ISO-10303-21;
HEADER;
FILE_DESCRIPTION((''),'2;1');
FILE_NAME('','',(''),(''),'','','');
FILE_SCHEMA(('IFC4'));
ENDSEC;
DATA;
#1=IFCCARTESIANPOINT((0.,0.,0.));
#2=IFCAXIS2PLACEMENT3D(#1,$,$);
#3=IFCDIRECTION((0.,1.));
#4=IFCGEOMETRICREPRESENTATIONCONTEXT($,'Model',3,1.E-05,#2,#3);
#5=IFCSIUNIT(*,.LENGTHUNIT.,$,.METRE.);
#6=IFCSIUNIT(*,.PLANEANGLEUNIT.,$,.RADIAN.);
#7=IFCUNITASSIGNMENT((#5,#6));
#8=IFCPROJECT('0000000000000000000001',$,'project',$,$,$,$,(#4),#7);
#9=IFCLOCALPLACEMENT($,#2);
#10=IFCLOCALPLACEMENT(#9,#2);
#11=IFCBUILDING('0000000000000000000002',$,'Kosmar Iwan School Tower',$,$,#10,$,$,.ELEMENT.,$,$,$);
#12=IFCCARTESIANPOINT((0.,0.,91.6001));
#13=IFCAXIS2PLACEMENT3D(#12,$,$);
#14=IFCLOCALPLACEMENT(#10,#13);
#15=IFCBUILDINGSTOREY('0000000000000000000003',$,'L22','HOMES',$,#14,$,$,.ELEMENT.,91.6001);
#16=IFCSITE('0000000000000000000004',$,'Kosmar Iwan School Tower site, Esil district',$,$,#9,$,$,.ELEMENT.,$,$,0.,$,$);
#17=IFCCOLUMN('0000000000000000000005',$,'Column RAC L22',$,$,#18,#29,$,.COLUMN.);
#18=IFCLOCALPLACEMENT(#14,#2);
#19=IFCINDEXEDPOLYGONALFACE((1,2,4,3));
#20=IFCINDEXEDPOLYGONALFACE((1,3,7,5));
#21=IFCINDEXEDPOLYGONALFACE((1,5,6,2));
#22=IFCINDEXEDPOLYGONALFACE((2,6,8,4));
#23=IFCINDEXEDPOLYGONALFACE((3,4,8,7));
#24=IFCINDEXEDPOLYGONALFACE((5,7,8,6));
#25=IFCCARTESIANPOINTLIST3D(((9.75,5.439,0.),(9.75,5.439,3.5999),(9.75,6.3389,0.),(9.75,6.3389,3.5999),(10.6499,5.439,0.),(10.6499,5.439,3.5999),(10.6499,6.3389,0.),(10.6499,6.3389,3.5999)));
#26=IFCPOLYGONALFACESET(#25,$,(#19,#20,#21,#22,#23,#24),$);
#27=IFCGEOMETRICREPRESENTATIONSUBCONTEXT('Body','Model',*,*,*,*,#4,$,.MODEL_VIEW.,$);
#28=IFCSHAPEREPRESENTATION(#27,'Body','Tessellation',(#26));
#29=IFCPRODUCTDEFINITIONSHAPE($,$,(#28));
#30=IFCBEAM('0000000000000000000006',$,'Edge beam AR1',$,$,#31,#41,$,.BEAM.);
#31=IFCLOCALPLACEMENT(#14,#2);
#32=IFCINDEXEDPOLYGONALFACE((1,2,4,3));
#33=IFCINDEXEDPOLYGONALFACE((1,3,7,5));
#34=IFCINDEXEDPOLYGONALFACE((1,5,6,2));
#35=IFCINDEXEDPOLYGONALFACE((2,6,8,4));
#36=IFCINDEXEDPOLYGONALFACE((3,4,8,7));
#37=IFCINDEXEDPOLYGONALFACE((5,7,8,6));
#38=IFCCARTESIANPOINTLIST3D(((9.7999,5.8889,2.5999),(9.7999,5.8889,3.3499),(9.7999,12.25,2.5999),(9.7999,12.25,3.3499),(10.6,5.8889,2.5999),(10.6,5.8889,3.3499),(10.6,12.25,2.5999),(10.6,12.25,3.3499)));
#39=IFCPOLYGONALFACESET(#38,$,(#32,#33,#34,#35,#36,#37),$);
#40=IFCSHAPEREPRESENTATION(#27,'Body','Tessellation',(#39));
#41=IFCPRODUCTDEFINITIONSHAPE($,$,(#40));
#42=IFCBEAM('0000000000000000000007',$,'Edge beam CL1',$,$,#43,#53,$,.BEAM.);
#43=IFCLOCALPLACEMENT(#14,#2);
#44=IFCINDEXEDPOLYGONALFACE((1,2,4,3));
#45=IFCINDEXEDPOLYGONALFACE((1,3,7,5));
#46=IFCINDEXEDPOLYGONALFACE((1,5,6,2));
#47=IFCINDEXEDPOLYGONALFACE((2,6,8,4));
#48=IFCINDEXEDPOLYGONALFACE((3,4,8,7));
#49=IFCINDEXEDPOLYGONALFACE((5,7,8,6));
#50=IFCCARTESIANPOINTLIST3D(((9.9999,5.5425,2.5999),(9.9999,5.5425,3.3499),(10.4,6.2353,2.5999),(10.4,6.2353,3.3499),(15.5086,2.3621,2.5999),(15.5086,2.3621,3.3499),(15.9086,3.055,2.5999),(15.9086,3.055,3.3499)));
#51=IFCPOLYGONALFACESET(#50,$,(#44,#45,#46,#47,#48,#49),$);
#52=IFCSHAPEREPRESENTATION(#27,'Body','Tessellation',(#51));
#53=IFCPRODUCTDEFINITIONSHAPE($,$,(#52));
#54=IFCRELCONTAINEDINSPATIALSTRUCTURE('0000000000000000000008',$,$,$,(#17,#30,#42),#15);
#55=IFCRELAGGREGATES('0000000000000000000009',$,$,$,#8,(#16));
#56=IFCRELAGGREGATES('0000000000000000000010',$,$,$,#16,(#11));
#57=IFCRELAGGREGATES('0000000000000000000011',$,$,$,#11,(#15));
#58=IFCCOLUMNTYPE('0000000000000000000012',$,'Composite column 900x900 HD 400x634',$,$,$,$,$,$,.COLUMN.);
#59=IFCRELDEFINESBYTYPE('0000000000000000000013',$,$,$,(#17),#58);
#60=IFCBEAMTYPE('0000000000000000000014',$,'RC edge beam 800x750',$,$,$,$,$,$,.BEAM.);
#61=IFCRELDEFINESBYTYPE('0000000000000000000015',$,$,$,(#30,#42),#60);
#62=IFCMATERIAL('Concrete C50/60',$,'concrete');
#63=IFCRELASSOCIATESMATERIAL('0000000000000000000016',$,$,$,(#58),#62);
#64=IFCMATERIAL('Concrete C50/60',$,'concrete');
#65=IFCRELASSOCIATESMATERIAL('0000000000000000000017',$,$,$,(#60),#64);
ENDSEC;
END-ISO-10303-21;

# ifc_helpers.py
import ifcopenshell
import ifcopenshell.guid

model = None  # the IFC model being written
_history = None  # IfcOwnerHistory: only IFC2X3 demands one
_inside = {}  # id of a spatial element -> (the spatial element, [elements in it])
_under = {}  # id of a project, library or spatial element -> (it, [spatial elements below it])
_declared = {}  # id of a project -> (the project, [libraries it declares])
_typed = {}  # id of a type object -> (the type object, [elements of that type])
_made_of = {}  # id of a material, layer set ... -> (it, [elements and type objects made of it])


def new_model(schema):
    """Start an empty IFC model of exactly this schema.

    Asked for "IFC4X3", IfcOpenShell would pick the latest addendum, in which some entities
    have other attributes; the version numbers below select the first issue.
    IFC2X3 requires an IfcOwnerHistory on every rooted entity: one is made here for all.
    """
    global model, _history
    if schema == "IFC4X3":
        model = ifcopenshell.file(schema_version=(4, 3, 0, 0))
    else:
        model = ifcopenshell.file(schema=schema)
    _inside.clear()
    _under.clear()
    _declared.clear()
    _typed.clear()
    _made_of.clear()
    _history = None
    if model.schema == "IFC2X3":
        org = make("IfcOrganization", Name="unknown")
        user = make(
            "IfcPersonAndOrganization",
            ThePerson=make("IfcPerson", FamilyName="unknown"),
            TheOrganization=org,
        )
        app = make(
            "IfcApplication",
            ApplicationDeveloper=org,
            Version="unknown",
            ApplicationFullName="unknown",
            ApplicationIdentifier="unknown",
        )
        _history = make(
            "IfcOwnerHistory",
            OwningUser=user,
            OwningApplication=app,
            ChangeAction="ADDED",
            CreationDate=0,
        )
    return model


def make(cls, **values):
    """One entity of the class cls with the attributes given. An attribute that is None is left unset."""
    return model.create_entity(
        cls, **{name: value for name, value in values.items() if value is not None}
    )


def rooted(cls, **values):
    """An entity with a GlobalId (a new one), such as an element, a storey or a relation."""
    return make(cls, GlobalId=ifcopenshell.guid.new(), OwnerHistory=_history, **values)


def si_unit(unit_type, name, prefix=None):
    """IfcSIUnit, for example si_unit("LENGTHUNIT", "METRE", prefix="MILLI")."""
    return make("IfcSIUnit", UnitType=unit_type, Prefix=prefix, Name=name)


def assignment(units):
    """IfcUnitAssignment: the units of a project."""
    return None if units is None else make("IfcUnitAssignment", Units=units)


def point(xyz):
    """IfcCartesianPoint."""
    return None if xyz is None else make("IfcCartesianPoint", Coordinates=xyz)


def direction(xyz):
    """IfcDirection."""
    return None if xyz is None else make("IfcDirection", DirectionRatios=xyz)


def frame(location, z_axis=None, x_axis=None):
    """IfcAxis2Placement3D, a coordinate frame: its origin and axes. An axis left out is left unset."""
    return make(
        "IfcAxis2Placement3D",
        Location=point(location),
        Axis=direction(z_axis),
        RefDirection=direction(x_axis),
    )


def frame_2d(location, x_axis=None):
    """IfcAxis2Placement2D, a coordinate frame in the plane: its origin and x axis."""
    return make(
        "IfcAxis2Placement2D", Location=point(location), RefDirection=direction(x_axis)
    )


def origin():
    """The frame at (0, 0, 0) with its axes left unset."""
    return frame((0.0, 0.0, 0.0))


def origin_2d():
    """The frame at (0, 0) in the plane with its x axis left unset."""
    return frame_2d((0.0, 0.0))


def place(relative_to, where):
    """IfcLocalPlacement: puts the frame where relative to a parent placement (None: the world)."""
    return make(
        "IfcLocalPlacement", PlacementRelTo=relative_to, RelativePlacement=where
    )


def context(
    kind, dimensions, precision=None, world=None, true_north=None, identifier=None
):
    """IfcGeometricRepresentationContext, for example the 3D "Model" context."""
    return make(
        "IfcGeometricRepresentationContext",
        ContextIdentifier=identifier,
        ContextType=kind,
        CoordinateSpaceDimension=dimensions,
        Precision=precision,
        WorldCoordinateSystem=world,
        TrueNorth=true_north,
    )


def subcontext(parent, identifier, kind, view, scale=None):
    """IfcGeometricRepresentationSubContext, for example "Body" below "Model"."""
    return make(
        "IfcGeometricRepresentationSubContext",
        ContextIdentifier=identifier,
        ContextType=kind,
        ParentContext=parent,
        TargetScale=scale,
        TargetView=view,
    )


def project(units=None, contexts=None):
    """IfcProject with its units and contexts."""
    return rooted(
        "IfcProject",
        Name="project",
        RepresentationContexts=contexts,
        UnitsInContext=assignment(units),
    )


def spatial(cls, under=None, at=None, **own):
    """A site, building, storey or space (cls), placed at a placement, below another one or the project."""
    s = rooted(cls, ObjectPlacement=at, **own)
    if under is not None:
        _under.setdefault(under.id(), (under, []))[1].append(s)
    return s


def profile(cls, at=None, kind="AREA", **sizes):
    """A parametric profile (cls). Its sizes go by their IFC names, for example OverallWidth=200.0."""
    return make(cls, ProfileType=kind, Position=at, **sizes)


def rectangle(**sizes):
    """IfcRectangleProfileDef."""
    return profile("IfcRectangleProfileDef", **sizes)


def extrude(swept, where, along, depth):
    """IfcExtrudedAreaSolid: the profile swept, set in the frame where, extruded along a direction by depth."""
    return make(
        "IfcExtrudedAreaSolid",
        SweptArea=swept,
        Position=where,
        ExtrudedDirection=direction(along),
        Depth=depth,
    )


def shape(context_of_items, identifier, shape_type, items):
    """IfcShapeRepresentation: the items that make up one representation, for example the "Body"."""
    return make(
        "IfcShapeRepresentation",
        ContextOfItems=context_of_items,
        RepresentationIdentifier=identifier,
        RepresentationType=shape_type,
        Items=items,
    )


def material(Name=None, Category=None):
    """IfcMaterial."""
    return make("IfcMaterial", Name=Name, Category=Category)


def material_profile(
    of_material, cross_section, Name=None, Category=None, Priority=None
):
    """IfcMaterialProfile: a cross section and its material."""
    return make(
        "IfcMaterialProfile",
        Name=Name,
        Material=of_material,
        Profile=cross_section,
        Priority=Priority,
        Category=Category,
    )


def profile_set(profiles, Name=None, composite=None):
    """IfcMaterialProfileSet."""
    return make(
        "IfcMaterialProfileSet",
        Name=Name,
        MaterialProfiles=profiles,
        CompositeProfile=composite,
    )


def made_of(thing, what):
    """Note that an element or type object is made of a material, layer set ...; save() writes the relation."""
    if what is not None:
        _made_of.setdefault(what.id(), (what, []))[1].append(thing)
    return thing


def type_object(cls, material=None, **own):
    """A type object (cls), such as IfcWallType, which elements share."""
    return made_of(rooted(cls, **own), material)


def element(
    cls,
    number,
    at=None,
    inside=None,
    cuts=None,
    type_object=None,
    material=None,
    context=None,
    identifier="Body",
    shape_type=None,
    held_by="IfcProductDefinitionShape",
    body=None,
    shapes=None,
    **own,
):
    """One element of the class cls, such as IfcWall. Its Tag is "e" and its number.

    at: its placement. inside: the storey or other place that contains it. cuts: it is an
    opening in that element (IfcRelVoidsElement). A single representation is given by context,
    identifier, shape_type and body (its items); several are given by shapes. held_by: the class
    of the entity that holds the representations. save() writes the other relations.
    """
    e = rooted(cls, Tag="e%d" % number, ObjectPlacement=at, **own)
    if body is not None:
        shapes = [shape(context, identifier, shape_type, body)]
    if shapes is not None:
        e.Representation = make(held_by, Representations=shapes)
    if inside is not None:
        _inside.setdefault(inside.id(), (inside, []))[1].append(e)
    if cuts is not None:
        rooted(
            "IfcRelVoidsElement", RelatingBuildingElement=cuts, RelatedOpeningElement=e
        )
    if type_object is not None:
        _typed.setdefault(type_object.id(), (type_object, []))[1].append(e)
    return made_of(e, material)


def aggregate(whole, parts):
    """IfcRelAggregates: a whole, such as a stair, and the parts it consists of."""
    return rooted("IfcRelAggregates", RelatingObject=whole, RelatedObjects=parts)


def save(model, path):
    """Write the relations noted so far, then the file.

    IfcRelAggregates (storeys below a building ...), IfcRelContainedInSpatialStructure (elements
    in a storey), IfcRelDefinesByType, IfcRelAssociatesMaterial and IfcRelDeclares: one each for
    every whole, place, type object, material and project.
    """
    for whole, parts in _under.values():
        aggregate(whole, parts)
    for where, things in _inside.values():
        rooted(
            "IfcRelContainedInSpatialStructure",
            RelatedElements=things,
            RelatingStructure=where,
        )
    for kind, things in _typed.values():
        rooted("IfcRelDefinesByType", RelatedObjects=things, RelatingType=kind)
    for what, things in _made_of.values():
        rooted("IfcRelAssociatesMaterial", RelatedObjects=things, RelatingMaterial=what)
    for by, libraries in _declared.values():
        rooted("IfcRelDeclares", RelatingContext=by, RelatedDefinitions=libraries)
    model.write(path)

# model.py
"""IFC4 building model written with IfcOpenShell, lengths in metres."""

from ifc_helpers import new_model, si_unit, direction, frame, origin, origin_2d, place, context, subcontext, project, spatial, rectangle, extrude, material, material_profile, profile_set, type_object, element, save


model = new_model("IFC4")

# Units and contexts
model_context = context("Model", 3, precision=1e-05, world=origin(), true_north=direction((0.0, 1.0)))
body_context = subcontext(model_context, "Body", "Model", "MODEL_VIEW")
ifc_project = project(units=[si_unit("LENGTHUNIT", "METRE"), si_unit("PLANEANGLEUNIT", "RADIAN")], contexts=[model_context])

# Site, building, storey
site_placement = place(None, origin())
site = spatial("IfcSite", under=ifc_project, at=site_placement, Name="Kosmar Iwan School Tower site, Esil district", CompositionType="ELEMENT", RefElevation=0.0)
building_placement = place(site_placement, origin())
building = spatial("IfcBuilding", under=site, at=building_placement, Name="Kosmar Iwan School Tower", CompositionType="ELEMENT")
storey_placement = place(building_placement, frame((0.0, 0.0, 91.6001)))
storey = spatial("IfcBuildingStorey", under=building, at=storey_placement, Name="L22", Description="HOMES", CompositionType="ELEMENT", Elevation=91.6001)

# Column
ifc_material_1 = material(Name="Concrete C50/60", Category="concrete")
ifc_material_profile_1 = material_profile(ifc_material_1, rectangle(XDim=0.8999, YDim=0.8999, at=origin_2d()), Name="RC 900x900 + HD 400x634")
ifc_profile_set_1 = profile_set([ifc_material_profile_1], Name="Concrete C50/60")
column_type = type_object("IfcColumnType", Name="Composite column 900x900 HD 400x634", PredefinedType="COLUMN", material=ifc_profile_set_1)
column_placement = place(storey_placement, frame((10.2, 5.8889, 0.0), z_axis=(0.0, 0.0, 1.0), x_axis=(1.0, 0.0, 0.0)))
element("IfcColumn", 1, at=column_placement, inside=storey, type_object=column_type, Name="Column RAC L22", PredefinedType="COLUMN", context=body_context, shape_type="SweptSolid", body=[
    extrude(rectangle(XDim=0.8999, YDim=0.8999, at=origin_2d()), origin(), (0.0, 0.0, 1.0), 3.5999),
])

# Beams
ifc_material_2 = material(Name="Concrete C50/60", Category="concrete")
ifc_material_profile_2 = material_profile(ifc_material_2, rectangle(XDim=0.8, YDim=0.75, at=origin_2d()), Name="RC 800x750")
ifc_profile_set_2 = profile_set([ifc_material_profile_2], Name="Concrete C50/60")
beam_type = type_object("IfcBeamType", Name="RC edge beam 800x750", PredefinedType="BEAM", material=ifc_profile_set_2)
beam_1_placement = place(storey_placement, frame((10.2, 5.8889, 2.9749), z_axis=(0.0, 1.0, 0.0), x_axis=(-1.0, 0.0, 0.0)))
element("IfcBeam", 2, at=beam_1_placement, inside=storey, type_object=beam_type, Name="Edge beam AR1", PredefinedType="BEAM", context=body_context, shape_type="SweptSolid", body=[
    extrude(rectangle(XDim=0.8, YDim=0.75, at=origin_2d()), origin(), (0.0, 0.0, 1.0), 6.3611),
])
beam_2_placement = place(storey_placement, frame((10.2, 5.8889, 2.9749), z_axis=(0.866031, -0.49999, 0.0), x_axis=(0.49999, 0.866031, 0.0)))
element("IfcBeam", 3, at=beam_2_placement, inside=storey, type_object=beam_type, Name="Edge beam CL1", PredefinedType="BEAM", context=body_context, shape_type="SweptSolid", body=[
    extrude(rectangle(XDim=0.8, YDim=0.75, at=origin_2d()), origin(), (0.0, 0.0, 1.0), 6.3608),
])

save(model, "model.ifc")
